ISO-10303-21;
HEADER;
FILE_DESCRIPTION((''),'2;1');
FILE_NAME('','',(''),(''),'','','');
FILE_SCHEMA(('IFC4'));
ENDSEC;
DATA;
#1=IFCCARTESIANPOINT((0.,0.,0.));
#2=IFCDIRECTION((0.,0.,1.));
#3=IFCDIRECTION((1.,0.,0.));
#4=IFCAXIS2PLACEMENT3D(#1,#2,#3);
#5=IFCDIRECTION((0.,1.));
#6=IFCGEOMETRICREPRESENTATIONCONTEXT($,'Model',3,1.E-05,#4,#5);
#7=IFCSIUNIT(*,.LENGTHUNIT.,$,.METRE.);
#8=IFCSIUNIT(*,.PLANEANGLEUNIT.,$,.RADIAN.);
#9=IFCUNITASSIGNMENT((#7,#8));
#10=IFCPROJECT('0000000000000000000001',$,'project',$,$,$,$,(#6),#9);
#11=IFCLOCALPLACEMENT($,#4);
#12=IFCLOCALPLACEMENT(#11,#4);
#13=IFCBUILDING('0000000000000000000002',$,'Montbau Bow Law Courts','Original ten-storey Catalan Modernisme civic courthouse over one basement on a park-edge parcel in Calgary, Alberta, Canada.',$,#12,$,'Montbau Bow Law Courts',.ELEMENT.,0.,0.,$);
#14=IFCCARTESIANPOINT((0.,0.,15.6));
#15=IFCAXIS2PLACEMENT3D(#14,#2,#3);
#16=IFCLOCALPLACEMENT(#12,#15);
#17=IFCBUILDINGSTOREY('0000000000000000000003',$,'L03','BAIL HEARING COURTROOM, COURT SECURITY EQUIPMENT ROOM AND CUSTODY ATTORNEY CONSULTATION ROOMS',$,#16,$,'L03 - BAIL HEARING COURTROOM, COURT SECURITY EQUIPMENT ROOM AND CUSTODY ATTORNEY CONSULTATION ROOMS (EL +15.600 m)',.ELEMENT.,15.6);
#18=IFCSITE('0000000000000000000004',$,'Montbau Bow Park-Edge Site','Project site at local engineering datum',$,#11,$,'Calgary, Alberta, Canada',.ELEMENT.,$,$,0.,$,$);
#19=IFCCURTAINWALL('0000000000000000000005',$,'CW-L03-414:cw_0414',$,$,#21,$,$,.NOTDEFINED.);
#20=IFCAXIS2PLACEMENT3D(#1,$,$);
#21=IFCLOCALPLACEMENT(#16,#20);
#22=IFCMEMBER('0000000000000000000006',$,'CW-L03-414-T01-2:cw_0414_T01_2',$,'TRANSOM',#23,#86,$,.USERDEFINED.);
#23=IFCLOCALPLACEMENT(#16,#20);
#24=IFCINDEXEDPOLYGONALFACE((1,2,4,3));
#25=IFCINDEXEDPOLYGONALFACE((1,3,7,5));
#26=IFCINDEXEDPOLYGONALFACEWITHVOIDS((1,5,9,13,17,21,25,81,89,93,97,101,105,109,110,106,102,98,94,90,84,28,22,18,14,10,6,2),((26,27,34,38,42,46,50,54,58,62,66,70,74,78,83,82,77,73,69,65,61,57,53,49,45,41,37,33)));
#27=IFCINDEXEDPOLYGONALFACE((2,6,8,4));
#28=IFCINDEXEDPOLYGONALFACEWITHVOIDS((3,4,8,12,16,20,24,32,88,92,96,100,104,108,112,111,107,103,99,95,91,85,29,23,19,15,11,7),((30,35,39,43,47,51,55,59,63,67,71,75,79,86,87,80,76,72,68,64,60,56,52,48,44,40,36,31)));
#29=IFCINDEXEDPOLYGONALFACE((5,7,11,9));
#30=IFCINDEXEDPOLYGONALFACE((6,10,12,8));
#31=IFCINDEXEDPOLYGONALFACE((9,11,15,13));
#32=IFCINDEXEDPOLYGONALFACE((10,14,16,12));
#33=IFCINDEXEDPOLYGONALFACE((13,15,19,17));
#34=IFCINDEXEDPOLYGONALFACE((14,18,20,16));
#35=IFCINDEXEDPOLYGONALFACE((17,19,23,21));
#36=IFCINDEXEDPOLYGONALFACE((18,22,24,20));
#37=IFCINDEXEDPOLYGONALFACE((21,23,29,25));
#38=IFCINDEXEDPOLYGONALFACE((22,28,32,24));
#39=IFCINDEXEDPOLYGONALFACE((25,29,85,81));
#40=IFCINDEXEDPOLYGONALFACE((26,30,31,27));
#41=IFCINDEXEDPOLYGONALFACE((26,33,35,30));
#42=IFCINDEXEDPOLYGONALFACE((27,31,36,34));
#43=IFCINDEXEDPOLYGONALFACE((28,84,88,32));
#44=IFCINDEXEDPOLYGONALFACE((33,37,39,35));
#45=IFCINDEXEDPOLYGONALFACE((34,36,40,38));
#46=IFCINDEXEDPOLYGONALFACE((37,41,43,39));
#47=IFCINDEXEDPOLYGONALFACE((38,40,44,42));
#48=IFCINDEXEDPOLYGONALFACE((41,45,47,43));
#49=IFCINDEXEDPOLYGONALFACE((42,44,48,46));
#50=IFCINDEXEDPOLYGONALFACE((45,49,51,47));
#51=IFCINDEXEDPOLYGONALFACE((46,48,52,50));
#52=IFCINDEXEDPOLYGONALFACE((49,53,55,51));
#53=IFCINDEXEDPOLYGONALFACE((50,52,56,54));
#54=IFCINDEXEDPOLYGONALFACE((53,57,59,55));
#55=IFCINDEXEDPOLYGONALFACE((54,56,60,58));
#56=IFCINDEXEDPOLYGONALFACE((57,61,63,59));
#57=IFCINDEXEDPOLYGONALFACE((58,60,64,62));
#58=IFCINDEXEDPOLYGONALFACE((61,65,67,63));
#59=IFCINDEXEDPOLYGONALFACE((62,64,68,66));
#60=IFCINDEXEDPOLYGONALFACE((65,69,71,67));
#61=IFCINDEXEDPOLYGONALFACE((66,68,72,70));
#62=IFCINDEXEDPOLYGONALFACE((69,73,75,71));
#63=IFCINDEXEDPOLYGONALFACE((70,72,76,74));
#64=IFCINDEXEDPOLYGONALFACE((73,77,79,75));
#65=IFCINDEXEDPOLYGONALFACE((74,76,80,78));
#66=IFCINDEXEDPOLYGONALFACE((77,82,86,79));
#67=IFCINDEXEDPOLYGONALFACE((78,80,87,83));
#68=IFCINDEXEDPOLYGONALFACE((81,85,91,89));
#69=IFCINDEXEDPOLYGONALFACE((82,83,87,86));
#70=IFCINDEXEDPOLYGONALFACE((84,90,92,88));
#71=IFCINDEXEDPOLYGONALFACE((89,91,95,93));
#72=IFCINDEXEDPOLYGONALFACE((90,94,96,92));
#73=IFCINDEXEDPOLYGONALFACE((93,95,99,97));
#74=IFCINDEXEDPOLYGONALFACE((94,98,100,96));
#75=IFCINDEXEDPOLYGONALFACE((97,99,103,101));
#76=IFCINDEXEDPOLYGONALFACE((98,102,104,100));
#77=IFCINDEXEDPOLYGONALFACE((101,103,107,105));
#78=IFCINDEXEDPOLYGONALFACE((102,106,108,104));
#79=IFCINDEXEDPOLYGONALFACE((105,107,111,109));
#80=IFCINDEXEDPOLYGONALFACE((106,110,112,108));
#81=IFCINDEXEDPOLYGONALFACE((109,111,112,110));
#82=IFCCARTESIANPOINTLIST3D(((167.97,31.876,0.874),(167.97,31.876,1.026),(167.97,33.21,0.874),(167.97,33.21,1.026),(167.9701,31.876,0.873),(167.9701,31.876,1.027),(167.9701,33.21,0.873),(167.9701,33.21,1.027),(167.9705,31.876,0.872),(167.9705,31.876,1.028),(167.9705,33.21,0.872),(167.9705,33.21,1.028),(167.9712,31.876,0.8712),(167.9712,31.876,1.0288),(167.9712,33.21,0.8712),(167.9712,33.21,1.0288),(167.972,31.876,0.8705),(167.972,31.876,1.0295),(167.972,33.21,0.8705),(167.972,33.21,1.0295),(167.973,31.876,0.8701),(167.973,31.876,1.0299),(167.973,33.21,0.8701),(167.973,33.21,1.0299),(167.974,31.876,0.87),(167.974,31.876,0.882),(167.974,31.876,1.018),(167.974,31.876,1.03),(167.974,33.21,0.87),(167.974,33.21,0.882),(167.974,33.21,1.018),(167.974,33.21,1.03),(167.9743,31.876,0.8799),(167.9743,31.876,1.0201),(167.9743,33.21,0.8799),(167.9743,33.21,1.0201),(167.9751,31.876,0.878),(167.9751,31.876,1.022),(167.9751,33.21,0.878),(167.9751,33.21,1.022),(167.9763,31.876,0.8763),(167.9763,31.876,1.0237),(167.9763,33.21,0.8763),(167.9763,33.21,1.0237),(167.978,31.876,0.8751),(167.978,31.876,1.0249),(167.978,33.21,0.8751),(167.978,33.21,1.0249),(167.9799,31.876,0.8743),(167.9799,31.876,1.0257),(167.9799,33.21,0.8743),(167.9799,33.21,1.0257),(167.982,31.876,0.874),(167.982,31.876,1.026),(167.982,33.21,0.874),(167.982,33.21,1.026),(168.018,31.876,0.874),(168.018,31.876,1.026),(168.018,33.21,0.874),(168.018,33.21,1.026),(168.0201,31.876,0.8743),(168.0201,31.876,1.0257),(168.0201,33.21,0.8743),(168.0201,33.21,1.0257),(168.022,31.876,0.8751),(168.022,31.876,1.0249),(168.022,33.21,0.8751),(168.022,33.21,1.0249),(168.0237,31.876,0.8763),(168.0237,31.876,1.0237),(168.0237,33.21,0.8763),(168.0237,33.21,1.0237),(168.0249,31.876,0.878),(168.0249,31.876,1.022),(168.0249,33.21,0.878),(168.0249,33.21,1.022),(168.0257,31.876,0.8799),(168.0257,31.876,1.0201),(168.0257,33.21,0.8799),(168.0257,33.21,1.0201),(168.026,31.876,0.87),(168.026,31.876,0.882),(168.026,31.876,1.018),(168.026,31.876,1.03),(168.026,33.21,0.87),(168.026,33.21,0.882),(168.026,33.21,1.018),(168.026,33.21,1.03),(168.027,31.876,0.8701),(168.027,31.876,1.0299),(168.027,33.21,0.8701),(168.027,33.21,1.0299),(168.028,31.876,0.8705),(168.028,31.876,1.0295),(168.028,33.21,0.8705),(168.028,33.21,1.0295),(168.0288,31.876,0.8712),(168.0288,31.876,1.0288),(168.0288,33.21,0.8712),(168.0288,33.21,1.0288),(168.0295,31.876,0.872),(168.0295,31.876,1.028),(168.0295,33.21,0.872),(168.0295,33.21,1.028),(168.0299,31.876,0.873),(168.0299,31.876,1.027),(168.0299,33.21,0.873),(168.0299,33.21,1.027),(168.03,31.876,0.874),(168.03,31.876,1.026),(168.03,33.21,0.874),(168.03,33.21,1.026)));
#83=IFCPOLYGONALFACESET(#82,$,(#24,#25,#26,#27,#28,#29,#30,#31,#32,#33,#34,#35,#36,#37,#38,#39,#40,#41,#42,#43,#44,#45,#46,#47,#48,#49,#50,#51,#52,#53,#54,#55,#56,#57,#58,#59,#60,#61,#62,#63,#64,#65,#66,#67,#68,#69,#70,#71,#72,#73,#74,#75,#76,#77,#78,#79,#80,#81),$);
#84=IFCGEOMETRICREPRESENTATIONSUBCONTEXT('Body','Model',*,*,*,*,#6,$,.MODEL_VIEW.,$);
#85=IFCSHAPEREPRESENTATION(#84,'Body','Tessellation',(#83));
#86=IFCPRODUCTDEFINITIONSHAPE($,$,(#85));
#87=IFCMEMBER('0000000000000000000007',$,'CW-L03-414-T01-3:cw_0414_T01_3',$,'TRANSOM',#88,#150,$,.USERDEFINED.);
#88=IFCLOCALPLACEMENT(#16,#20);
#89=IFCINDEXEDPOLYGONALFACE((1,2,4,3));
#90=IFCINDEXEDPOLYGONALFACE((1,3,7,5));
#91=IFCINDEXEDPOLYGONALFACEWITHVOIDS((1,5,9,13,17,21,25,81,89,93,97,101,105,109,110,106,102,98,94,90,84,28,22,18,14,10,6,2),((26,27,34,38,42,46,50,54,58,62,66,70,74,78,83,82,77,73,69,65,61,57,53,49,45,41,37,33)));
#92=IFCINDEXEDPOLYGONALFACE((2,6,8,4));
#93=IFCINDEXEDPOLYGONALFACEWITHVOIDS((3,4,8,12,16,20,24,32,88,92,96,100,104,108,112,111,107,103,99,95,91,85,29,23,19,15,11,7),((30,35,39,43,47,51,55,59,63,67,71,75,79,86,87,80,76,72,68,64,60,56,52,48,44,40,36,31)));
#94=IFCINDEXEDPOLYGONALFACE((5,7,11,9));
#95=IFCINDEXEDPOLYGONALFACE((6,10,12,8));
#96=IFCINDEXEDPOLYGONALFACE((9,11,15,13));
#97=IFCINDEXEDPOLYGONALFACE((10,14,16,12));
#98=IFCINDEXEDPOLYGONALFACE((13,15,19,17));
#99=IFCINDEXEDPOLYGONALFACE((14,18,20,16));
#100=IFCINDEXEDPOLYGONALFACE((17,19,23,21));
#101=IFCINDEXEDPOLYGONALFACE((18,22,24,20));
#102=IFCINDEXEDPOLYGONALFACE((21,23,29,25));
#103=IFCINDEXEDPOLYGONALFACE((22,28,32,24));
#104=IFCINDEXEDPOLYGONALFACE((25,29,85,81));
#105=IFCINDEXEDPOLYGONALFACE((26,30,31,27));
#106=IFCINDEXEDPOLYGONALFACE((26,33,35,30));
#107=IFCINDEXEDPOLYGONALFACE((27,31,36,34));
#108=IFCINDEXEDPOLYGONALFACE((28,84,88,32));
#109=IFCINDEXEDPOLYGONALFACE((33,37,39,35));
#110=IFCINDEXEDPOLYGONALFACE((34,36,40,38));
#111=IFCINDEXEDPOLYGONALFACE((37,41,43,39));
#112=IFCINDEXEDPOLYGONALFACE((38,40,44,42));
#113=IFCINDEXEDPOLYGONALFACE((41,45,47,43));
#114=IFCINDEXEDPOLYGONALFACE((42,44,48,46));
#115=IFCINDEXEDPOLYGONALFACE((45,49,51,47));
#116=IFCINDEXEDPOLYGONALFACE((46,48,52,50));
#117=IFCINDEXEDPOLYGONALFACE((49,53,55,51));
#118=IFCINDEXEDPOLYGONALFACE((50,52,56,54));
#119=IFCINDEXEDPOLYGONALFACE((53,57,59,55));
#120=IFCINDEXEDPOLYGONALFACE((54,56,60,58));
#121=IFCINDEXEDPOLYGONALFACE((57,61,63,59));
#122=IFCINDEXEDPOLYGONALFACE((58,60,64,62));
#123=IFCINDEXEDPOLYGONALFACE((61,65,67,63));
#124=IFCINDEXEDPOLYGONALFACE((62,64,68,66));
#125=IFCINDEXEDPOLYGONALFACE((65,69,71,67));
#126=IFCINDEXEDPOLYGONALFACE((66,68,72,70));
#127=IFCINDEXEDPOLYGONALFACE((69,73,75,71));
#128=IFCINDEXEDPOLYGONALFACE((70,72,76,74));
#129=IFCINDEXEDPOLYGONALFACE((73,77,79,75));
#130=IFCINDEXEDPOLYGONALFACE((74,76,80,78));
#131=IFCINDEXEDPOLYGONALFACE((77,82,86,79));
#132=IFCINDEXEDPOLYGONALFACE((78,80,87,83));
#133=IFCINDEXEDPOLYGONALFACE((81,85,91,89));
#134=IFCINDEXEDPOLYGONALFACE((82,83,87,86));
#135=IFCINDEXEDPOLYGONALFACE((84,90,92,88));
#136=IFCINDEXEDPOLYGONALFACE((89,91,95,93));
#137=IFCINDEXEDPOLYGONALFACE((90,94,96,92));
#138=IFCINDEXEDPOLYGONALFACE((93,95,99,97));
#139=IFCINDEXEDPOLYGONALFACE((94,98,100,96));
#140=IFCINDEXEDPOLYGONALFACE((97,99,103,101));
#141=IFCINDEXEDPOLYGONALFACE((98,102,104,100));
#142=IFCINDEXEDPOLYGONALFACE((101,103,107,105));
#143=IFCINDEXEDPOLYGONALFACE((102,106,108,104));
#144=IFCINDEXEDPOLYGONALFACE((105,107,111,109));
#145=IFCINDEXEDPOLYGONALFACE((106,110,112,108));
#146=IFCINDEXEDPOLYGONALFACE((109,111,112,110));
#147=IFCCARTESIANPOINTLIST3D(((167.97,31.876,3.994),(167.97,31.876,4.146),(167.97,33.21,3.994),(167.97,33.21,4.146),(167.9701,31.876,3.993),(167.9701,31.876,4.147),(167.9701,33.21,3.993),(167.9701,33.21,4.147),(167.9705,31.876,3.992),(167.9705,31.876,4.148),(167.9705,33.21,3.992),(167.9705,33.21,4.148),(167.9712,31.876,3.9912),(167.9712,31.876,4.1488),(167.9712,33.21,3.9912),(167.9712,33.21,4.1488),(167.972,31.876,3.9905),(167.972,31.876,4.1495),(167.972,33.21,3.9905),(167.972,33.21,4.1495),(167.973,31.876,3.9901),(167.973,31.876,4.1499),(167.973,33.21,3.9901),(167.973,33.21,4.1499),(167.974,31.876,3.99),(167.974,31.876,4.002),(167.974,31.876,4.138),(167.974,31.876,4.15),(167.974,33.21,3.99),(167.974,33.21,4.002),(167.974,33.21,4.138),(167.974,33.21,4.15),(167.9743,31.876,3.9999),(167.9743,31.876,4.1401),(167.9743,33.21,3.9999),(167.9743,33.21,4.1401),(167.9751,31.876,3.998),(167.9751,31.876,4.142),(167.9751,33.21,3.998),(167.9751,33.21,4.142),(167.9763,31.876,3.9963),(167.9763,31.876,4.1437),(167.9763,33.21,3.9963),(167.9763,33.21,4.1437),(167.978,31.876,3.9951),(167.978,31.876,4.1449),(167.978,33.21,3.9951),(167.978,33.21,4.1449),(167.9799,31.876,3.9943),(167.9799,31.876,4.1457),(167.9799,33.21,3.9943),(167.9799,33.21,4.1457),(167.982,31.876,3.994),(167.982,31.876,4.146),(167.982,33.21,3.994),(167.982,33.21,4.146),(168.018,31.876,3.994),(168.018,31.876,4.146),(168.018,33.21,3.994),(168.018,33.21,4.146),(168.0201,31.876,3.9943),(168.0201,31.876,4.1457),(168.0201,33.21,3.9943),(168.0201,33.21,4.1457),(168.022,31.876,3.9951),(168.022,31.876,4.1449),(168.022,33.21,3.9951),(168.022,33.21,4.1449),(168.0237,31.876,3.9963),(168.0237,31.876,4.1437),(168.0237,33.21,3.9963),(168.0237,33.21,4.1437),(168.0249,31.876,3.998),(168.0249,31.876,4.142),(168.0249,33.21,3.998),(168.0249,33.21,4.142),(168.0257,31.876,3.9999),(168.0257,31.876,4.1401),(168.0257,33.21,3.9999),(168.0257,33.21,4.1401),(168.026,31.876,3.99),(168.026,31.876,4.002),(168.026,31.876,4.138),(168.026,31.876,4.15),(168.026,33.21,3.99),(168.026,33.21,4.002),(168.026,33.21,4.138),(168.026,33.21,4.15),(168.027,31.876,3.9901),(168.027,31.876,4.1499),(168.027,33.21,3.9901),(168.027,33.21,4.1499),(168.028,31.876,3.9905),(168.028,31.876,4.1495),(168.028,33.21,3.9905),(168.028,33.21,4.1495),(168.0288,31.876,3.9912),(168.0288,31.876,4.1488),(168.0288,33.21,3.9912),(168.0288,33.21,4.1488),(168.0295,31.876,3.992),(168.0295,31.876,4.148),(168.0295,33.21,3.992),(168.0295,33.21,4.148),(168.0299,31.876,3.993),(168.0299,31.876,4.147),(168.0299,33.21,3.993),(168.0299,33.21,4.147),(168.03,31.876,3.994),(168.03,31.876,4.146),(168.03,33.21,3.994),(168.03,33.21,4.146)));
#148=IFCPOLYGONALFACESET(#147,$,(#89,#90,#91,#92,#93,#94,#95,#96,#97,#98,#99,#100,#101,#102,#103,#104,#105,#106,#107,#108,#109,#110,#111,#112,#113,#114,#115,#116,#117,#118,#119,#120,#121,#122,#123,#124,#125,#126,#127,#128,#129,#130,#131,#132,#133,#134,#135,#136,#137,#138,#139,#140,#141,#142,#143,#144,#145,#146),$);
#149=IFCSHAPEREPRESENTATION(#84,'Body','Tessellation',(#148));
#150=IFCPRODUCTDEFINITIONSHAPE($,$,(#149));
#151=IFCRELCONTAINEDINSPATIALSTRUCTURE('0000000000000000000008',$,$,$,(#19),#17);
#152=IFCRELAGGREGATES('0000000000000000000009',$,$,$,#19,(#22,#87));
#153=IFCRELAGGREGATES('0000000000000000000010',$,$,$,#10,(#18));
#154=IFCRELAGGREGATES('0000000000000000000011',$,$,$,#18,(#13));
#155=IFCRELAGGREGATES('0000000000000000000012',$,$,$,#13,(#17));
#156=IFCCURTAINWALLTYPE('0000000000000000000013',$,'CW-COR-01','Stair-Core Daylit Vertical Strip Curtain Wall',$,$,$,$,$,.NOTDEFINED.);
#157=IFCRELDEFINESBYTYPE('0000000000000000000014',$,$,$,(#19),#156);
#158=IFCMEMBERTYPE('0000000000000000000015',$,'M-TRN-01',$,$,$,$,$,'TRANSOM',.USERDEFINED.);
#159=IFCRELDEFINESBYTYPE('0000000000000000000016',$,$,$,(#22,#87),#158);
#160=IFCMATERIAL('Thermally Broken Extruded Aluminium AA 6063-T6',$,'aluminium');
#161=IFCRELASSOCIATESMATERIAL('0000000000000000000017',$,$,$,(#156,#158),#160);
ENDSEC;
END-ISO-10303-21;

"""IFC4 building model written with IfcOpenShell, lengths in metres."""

from ifc_helpers import new_model, si_unit, direction, frame, origin_with_axes, origin_2d_with_axis, place, context, subcontext, project, spatial, hollow_rectangle, extrude, material, material_profile, profile_set, type_object, element, aggregate, save


model = new_model("IFC4")

# Units and contexts
model_context = context("Model", 3, precision=1e-05, world=origin_with_axes(), true_north=direction((0.0, 1.0)))
body_context = subcontext(model_context, "Body", "Model", "MODEL_VIEW")
ifc_project = project(units=[si_unit("LENGTHUNIT", "METRE"), si_unit("PLANEANGLEUNIT", "RADIAN")], contexts=[model_context])

# Site, building, storey
site_placement = place(None, origin_with_axes())
site = spatial("IfcSite", under=ifc_project, at=site_placement, Name="Montbau Bow Park-Edge Site", Description="Project site at local engineering datum", LongName="Calgary, Alberta, Canada", CompositionType="ELEMENT", RefElevation=0.0)
building_placement = place(site_placement, origin_with_axes())
building = spatial("IfcBuilding", under=site, at=building_placement, Name="Montbau Bow Law Courts", Description="Original ten-storey Catalan Modernisme civic courthouse over one basement on a park-edge parcel in Calgary, Alberta, Canada.", LongName="Montbau Bow Law Courts", CompositionType="ELEMENT", ElevationOfRefHeight=0.0, ElevationOfTerrain=0.0)
storey_placement = place(building_placement, frame((0.0, 0.0, 15.6), z_axis=(0.0, 0.0, 1.0), x_axis=(1.0, 0.0, 0.0)))
storey = spatial("IfcBuildingStorey", under=building, at=storey_placement, Name="L03", Description="BAIL HEARING COURTROOM, COURT SECURITY EQUIPMENT ROOM AND CUSTODY ATTORNEY CONSULTATION ROOMS", LongName="L03 - BAIL HEARING COURTROOM, COURT SECURITY EQUIPMENT ROOM AND CUSTODY ATTORNEY CONSULTATION ROOMS (EL +15.600 m)", CompositionType="ELEMENT", Elevation=15.6)

# Curtain wall, members
ifc_material_1 = material(Name="Thermally Broken Extruded Aluminium AA 6063-T6", Category="aluminium")
curtain_wall_type = type_object("IfcCurtainWallType", Name="CW-COR-01", Description="Stair-Core Daylit Vertical Strip Curtain Wall", PredefinedType="NOTDEFINED", material=ifc_material_1)
curtain_wall_placement = place(None, frame((168.0, 31.8, 15.6), z_axis=(0.0, 0.0, 1.0), x_axis=(1.0, 0.0, 0.0)))
curtain_wall = element("IfcCurtainWall", 1, at=curtain_wall_placement, inside=storey, type_object=curtain_wall_type, Name="CW-L03-414:cw_0414", PredefinedType="NOTDEFINED")
ifc_material_profile_1 = material_profile(ifc_material_1, hollow_rectangle(XDim=0.06, YDim=0.16, WallThickness=0.004, InnerFilletRadius=0.008, OuterFilletRadius=0.004, at=origin_2d_with_axis()), Name="CWT-160X60", Category="Main", Priority=0)
ifc_profile_set_1 = profile_set([ifc_material_profile_1], Name="Thermally Broken Extruded Aluminium AA 6063-T6")
member_type_1 = type_object("IfcMemberType", Name="M-TRN-01", ElementType="TRANSOM", PredefinedType="USERDEFINED", material=ifc_profile_set_1)
member_1_placement = place(None, frame((168.0, 31.876, 16.55), z_axis=(0.0, 1.0, 0.0), x_axis=(-1.0, 0.0, 0.0)))
member_1 = element("IfcMember", 2, at=member_1_placement, type_object=member_type_1, Name="CW-L03-414-T01-2:cw_0414_T01_2", ObjectType="TRANSOM", PredefinedType="USERDEFINED", context=body_context, shape_type="SweptSolid", body=[
    extrude(hollow_rectangle(XDim=0.06, YDim=0.16, WallThickness=0.004, InnerFilletRadius=0.008, OuterFilletRadius=0.004, at=origin_2d_with_axis()), origin_with_axes(), (0.0, 0.0, 1.0), 1.334),
])
member_2_placement = place(None, frame((168.0, 31.876, 19.67), z_axis=(0.0, 1.0, 0.0), x_axis=(-1.0, 0.0, 0.0)))
member_2 = element("IfcMember", 3, at=member_2_placement, type_object=member_type_1, Name="CW-L03-414-T01-3:cw_0414_T01_3", ObjectType="TRANSOM", PredefinedType="USERDEFINED", context=body_context, shape_type="SweptSolid", body=[
    extrude(hollow_rectangle(XDim=0.06, YDim=0.16, WallThickness=0.004, InnerFilletRadius=0.008, OuterFilletRadius=0.004, at=origin_2d_with_axis()), origin_with_axes(), (0.0, 0.0, 1.0), 1.334),
])
aggregate(curtain_wall, [member_1, member_2])

save(model, "model.ifc")
